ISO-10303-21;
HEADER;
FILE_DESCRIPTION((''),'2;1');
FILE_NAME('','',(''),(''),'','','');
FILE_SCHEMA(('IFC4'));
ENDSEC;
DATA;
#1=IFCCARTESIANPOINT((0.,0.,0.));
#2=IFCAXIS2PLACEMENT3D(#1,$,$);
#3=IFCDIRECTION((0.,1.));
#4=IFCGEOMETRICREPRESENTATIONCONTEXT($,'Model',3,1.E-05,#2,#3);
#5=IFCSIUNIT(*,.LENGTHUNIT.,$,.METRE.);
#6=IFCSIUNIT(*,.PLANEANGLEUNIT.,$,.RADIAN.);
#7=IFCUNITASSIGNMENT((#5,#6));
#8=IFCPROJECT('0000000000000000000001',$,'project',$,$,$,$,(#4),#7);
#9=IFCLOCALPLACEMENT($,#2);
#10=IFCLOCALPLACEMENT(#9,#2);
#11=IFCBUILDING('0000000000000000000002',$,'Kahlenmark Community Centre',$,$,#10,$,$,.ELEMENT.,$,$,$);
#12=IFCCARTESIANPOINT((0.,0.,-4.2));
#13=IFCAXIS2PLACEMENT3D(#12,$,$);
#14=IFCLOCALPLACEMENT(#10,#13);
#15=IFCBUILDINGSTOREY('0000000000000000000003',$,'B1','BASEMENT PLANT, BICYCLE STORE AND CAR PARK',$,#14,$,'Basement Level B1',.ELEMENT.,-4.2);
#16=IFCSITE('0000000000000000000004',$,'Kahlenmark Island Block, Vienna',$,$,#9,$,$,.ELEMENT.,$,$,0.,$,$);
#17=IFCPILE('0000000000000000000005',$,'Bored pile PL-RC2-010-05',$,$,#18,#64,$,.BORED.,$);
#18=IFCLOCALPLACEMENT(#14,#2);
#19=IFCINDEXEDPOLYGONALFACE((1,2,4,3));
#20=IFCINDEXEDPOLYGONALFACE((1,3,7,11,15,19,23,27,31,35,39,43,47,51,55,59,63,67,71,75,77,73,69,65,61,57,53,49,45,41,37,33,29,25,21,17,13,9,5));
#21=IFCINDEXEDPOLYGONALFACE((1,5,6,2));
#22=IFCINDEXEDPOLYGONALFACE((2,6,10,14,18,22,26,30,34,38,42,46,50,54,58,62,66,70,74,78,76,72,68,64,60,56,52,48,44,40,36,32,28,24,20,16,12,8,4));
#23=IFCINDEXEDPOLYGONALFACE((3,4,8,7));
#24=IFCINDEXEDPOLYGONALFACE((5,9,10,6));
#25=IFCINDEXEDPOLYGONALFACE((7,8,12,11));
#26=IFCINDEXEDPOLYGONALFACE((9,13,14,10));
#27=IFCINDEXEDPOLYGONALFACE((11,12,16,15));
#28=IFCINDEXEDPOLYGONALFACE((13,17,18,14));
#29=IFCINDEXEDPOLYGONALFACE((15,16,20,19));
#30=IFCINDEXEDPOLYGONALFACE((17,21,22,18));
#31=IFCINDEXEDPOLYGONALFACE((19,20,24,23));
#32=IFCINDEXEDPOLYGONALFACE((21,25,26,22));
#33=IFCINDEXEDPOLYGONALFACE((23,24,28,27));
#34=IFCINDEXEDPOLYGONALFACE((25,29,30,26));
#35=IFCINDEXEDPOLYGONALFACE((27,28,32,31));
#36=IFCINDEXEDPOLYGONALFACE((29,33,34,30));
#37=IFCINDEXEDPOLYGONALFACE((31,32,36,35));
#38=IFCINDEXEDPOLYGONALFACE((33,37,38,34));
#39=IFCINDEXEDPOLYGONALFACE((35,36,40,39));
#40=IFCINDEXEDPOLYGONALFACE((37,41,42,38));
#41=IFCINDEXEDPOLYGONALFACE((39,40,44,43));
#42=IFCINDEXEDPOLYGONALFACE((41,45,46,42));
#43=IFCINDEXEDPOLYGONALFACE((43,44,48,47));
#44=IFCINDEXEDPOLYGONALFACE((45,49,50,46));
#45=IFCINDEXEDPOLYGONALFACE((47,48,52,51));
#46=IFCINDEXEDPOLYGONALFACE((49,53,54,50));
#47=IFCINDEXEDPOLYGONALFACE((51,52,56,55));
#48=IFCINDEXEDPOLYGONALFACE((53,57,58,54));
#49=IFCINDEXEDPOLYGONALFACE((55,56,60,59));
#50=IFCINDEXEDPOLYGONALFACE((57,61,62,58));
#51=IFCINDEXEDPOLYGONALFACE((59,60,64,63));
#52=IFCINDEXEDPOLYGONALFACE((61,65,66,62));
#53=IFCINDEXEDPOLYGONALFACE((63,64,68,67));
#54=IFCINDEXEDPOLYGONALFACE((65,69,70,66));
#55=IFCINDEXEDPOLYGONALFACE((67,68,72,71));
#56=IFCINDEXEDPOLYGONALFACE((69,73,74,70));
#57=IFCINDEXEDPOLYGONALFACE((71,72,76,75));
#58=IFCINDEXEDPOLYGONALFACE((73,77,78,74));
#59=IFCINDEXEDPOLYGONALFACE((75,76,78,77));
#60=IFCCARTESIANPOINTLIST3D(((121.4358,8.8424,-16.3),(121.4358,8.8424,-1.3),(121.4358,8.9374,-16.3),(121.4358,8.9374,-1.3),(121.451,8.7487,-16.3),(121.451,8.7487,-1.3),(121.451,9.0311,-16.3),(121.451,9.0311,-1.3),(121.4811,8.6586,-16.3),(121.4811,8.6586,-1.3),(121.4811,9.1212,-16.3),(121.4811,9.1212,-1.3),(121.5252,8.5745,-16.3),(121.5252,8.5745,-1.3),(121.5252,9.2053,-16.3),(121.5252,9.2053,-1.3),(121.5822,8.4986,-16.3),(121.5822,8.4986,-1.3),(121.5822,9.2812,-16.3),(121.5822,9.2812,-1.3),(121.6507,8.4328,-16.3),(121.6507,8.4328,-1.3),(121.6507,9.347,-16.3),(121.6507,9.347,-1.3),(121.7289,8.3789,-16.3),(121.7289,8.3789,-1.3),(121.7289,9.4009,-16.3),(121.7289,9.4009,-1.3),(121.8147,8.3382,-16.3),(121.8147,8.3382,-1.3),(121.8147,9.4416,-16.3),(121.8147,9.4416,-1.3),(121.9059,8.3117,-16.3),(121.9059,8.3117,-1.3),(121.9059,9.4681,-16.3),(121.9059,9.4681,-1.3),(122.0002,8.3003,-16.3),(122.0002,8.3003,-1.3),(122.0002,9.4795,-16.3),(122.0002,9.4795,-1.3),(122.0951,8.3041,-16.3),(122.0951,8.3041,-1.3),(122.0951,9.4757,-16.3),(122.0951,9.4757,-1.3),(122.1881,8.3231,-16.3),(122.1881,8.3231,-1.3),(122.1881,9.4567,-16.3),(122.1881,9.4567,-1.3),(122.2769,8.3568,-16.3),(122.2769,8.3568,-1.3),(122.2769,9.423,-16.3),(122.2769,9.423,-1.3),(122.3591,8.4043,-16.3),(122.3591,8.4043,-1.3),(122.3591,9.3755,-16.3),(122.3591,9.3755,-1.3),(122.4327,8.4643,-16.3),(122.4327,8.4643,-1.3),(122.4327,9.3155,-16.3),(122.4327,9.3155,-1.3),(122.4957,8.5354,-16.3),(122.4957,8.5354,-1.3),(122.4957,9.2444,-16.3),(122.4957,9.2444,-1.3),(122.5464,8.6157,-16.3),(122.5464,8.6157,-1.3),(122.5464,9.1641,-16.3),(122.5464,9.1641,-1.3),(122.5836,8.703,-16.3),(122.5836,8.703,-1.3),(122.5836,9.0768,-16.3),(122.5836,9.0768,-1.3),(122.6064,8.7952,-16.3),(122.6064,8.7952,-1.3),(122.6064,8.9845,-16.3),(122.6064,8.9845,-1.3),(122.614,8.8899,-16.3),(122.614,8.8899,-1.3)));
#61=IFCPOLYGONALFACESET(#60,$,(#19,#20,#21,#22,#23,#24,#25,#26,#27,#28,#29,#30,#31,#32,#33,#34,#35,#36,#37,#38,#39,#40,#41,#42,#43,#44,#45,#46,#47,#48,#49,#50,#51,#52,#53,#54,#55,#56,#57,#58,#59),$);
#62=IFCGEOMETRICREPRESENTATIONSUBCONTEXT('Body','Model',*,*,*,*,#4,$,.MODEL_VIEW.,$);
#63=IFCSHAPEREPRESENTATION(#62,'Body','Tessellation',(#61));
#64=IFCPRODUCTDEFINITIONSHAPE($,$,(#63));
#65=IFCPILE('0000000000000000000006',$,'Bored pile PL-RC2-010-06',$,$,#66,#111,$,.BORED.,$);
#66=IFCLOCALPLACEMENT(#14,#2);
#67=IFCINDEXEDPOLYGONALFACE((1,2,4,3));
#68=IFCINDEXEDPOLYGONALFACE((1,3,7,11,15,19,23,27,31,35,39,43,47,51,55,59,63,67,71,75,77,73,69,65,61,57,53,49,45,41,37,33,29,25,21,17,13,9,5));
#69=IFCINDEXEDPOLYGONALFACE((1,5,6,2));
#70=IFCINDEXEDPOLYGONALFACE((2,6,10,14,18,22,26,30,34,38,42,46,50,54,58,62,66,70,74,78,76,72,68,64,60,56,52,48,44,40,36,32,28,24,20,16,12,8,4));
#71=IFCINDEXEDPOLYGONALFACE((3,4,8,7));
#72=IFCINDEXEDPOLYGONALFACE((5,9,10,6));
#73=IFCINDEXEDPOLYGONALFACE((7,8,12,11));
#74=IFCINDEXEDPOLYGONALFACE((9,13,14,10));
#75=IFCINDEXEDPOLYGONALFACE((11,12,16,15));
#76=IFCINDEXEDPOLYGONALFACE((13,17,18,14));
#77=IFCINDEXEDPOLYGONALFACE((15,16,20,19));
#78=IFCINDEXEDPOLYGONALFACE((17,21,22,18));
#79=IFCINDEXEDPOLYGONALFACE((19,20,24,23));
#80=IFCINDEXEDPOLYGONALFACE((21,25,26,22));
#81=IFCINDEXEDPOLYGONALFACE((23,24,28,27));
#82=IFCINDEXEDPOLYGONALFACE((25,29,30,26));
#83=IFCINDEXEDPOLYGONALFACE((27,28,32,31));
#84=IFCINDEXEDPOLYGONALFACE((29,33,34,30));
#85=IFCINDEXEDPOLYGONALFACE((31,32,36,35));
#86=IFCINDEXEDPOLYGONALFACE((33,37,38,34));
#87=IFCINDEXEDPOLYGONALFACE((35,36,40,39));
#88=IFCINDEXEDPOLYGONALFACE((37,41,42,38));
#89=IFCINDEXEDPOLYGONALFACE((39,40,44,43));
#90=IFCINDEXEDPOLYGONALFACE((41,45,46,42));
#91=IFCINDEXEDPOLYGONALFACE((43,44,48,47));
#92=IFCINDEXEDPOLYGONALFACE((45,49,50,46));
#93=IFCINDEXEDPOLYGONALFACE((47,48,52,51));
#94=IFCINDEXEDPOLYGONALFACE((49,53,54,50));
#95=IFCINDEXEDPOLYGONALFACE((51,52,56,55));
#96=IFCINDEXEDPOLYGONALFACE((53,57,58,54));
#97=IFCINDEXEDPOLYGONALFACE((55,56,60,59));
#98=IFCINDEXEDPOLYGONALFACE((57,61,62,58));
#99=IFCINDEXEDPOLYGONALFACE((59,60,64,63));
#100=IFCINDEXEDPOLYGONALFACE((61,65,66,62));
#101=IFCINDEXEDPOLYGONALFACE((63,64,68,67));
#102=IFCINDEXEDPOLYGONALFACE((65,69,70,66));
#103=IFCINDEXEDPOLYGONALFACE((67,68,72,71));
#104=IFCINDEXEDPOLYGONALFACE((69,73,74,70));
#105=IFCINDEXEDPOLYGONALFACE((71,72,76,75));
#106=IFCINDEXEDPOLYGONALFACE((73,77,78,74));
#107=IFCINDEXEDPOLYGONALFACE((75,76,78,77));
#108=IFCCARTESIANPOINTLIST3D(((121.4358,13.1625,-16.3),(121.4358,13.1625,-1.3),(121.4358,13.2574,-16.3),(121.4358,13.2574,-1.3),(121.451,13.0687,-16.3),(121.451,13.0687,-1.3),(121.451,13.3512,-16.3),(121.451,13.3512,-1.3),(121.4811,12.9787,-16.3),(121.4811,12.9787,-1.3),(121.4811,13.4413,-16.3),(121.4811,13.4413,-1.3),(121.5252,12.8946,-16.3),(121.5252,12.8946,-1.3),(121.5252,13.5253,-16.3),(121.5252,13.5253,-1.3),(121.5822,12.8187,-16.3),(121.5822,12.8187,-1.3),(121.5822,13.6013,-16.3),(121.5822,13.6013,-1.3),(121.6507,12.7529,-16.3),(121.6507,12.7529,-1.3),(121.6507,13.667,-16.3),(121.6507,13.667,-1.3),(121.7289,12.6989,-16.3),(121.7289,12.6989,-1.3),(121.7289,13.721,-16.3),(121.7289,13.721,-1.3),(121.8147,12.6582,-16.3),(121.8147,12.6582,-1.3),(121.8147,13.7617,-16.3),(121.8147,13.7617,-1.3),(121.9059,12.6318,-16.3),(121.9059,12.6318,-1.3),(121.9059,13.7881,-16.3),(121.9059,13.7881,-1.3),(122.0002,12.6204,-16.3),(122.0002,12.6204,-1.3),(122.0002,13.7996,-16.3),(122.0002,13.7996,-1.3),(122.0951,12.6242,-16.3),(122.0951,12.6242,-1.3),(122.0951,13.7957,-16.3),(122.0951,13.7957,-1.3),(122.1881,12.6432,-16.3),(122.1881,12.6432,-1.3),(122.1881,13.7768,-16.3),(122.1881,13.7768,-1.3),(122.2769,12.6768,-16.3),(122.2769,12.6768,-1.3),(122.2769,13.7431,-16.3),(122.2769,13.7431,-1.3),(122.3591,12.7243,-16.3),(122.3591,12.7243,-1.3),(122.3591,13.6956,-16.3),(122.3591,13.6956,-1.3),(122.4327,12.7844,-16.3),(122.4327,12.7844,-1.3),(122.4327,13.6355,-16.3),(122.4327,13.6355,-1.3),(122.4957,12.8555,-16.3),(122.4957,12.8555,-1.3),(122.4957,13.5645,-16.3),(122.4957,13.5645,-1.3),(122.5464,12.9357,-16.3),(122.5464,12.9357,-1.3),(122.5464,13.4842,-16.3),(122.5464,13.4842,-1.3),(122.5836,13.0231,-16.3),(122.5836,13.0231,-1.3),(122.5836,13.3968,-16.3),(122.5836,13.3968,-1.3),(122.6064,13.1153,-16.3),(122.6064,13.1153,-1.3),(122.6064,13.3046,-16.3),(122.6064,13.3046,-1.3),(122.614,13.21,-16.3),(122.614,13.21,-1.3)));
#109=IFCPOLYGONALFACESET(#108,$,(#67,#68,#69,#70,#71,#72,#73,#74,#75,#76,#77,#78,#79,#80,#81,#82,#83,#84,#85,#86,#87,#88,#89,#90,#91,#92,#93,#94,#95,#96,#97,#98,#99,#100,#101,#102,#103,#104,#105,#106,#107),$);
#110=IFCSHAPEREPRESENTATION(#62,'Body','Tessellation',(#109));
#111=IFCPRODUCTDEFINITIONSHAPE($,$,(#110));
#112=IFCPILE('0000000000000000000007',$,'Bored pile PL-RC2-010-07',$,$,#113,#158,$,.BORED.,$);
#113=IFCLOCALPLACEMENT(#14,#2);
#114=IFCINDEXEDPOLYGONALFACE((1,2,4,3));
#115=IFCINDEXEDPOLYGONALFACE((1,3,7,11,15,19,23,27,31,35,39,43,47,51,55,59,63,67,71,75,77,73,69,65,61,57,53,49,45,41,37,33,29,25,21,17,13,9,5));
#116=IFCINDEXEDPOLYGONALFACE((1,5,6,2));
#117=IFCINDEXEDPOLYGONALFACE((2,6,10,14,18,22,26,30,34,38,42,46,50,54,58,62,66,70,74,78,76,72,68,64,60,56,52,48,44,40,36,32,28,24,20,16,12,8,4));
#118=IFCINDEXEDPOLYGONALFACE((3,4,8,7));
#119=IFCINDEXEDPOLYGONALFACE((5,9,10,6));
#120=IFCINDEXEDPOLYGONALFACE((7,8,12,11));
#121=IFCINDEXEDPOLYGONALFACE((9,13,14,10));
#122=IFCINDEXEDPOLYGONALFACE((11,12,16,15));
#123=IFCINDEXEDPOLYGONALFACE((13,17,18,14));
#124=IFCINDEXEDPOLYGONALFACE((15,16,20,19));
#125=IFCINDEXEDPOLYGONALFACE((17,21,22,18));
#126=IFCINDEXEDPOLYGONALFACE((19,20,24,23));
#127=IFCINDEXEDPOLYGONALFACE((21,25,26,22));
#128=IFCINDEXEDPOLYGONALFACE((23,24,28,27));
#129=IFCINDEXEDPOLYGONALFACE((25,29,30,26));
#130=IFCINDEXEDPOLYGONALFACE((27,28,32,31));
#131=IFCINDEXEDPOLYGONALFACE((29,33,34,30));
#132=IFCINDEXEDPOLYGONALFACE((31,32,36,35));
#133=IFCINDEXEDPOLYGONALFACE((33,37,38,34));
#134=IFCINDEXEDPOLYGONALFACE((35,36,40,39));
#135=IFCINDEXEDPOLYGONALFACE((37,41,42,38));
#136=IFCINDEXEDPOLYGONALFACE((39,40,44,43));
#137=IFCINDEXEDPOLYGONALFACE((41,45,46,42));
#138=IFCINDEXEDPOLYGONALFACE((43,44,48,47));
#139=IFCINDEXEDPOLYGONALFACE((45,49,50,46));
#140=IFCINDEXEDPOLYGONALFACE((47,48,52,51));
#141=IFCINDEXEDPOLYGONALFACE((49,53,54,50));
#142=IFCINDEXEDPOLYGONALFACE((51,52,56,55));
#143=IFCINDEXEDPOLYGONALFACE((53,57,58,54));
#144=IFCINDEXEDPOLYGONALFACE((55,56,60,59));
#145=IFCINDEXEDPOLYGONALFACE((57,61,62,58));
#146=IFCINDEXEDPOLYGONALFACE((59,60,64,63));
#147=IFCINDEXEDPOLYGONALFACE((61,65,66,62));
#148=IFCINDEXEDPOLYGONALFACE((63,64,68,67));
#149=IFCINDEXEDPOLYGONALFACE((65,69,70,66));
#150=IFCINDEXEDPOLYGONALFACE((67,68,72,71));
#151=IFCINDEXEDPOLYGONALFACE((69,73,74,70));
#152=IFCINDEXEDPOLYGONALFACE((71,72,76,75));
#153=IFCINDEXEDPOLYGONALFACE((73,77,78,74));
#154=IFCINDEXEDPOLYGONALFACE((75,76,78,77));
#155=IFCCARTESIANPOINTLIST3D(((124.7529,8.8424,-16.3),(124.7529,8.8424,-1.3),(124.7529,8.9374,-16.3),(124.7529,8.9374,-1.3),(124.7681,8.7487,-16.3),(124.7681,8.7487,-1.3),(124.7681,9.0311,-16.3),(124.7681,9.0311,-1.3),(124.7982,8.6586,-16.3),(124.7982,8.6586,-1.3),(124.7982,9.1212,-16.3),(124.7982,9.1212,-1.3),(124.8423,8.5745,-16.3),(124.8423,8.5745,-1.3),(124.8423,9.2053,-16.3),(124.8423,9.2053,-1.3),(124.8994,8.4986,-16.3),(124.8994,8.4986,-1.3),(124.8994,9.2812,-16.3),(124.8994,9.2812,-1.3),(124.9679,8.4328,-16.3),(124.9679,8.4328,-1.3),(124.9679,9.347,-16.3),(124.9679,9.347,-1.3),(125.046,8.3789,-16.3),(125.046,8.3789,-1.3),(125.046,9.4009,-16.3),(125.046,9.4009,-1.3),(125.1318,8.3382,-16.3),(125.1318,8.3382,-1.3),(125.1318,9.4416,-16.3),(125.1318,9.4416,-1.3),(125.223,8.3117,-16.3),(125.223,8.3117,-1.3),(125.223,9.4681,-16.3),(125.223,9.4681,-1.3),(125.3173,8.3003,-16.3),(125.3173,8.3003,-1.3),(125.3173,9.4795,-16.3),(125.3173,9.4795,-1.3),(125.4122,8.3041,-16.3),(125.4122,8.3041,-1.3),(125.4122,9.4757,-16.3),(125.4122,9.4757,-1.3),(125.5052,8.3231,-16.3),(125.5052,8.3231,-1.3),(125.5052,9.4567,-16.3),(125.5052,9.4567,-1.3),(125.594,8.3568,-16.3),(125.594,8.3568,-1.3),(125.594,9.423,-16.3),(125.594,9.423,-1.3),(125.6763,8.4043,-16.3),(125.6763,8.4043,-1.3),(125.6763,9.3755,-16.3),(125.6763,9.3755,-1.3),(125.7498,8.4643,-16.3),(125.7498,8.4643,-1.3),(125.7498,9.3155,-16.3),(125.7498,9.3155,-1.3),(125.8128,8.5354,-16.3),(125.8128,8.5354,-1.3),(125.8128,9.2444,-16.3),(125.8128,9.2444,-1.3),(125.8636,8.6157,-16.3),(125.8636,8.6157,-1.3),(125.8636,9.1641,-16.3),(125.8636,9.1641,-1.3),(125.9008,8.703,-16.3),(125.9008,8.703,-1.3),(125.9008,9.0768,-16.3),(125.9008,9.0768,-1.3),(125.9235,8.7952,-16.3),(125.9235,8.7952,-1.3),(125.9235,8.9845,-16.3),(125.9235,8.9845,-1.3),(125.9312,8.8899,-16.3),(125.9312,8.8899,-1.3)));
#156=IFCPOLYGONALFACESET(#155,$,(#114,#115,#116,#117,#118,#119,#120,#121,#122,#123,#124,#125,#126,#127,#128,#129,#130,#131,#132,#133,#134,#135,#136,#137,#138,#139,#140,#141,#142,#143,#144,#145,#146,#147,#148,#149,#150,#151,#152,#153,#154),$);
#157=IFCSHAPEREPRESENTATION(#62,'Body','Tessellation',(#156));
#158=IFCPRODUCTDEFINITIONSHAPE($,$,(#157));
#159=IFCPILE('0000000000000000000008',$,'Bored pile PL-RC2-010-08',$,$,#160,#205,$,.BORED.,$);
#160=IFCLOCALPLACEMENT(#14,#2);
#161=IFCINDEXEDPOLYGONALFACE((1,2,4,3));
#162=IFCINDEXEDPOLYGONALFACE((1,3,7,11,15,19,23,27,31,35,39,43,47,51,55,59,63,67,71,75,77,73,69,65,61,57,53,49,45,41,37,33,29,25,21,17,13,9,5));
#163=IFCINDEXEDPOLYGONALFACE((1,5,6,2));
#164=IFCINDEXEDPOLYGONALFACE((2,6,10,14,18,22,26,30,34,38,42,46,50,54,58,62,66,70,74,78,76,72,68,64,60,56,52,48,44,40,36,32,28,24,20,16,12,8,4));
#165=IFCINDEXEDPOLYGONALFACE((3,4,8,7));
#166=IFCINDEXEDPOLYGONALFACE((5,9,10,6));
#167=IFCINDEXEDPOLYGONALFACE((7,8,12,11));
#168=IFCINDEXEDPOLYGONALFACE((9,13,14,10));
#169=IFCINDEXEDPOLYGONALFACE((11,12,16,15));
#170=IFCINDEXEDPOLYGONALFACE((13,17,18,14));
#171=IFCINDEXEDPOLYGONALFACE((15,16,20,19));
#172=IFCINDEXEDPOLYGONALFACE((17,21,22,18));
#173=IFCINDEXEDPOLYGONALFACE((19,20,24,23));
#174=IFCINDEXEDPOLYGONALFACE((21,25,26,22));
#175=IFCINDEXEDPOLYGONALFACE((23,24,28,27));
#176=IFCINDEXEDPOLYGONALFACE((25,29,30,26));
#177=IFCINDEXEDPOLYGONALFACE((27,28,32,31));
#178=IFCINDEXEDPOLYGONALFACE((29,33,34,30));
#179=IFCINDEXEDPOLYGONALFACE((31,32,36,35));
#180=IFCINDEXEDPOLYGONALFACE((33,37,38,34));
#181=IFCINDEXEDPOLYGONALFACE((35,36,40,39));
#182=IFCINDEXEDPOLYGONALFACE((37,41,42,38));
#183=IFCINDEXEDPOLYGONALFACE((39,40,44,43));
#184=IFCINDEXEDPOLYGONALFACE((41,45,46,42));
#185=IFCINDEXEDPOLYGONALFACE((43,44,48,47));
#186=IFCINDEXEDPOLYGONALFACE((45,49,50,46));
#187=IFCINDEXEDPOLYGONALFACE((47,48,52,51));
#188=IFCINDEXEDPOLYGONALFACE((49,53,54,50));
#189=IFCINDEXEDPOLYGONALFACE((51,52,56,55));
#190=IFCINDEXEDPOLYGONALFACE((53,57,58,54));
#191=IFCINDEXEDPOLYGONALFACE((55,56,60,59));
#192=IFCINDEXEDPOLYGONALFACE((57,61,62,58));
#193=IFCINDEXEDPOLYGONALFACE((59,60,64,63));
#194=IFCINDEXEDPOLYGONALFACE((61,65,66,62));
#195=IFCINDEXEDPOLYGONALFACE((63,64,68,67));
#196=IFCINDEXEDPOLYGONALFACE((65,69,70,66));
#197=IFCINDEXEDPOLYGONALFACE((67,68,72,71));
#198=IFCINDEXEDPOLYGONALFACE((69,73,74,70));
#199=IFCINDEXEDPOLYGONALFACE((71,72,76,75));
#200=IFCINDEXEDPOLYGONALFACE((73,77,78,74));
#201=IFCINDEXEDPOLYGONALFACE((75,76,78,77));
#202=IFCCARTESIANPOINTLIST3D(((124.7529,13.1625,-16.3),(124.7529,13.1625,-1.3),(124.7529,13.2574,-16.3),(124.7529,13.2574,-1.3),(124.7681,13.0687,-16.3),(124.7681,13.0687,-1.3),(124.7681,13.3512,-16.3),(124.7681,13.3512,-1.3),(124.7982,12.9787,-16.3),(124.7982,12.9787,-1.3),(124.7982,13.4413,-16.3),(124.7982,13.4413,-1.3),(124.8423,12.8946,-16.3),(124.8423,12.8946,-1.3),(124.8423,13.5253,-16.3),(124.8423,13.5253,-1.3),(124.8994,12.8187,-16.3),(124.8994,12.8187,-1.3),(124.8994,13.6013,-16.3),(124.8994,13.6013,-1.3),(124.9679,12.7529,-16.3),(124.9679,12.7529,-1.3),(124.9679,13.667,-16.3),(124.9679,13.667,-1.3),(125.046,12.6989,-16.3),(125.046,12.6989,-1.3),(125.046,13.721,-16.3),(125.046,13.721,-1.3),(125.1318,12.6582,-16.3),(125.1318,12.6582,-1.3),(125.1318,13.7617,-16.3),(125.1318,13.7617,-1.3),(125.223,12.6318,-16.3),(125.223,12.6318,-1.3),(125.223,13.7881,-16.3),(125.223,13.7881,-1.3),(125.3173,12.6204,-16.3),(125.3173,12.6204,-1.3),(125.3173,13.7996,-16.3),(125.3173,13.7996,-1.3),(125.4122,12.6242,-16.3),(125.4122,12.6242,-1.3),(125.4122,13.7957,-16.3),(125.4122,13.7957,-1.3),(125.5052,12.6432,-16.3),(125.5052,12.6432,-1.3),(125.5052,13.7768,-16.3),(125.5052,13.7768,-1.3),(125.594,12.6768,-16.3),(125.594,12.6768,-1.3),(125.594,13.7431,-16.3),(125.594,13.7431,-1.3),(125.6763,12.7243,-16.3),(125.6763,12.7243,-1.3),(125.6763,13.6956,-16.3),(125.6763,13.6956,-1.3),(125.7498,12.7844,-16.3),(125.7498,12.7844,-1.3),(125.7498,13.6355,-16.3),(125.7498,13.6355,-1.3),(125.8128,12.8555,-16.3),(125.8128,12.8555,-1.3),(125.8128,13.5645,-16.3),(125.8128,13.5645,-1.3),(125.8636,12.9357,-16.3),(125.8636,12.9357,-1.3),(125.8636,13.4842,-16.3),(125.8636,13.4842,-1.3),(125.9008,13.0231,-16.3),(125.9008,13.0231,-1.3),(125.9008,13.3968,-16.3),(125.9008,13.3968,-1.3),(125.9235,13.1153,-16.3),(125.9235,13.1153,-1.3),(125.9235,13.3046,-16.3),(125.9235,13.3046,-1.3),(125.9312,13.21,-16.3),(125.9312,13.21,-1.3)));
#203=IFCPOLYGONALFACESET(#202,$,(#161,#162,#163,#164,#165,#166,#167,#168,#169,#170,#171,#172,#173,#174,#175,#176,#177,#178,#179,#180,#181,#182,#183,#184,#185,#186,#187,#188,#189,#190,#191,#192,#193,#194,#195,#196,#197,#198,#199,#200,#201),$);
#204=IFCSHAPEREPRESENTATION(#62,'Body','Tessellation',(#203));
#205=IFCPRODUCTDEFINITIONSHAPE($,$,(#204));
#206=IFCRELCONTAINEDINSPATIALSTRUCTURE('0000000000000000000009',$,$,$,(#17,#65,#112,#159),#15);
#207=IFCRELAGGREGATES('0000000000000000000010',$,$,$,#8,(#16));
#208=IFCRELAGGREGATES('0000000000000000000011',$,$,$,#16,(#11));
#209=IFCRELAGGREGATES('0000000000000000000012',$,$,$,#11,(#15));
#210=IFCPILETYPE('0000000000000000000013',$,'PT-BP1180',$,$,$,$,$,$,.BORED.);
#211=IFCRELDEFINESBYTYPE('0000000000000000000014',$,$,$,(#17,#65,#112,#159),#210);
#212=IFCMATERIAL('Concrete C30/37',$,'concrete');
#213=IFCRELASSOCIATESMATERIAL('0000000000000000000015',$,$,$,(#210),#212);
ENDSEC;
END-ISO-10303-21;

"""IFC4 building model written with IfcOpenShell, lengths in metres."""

from ifc_helpers import new_model, si_unit, direction, frame, origin, origin_2d, place, context, subcontext, project, spatial, circle, extrude, material, material_profile, profile_set, type_object, element, save


model = new_model("IFC4")

# Units and contexts
model_context = context("Model", 3, precision=1e-05, world=origin(), true_north=direction((0.0, 1.0)))
body_context = subcontext(model_context, "Body", "Model", "MODEL_VIEW")
ifc_project = project(units=[si_unit("LENGTHUNIT", "METRE"), si_unit("PLANEANGLEUNIT", "RADIAN")], contexts=[model_context])

# Site, building, storey
site_placement = place(None, origin())
site = spatial("IfcSite", under=ifc_project, at=site_placement, Name="Kahlenmark Island Block, Vienna", CompositionType="ELEMENT", RefElevation=0.0)
building_placement = place(site_placement, origin())
building = spatial("IfcBuilding", under=site, at=building_placement, Name="Kahlenmark Community Centre", CompositionType="ELEMENT")
storey_placement = place(building_placement, frame((0.0, 0.0, -4.2)))
storey = spatial("IfcBuildingStorey", under=building, at=storey_placement, Name="B1", Description="BASEMENT PLANT, BICYCLE STORE AND CAR PARK", LongName="Basement Level B1", CompositionType="ELEMENT", Elevation=-4.2)

# Shared definitions
ifc_material_1 = material(Name="Concrete C30/37", Category="concrete")

# Piles
ifc_material_profile_1 = material_profile(ifc_material_1, circle(Radius=0.5901, at=origin_2d()), Name="BORED PILE 1180")
ifc_profile_set_1 = profile_set([ifc_material_profile_1], Name="Concrete C30/37")
pile_type_1 = type_object("IfcPileType", Name="PT-BP1180", PredefinedType="BORED", material=ifc_profile_set_1)
for number, where, z_axis, x_axis, name in (
    (1, (122.0239, 8.8899, -1.3), (0.0, 0.0, -1.0), (1.0, 0.0, 0.0), "Bored pile PL-RC2-010-05"),
    (2, (122.0239, 13.21, -1.3), (0.0, 0.0, -1.0), (1.0, 0.0, 0.0), "Bored pile PL-RC2-010-06"),
    (3, (125.3411, 8.8899, -1.3), (0.0, 0.0, -1.0), (1.0, 0.0, 0.0), "Bored pile PL-RC2-010-07"),
    (4, (125.3411, 13.21, -1.3), (0.0, 0.0, -1.0), (1.0, 0.0, 0.0), "Bored pile PL-RC2-010-08"),
):
    element("IfcPile", number, at=place(storey_placement, frame(where, z_axis=z_axis, x_axis=x_axis)), inside=storey, type_object=pile_type_1, Name=name, PredefinedType="BORED", context=body_context, shape_type="SweptSolid", body=[
        extrude(circle(Radius=0.5901, at=origin_2d()), origin(), (0.0, 0.0, 1.0), 15.0),
    ])

save(model, "model.ifc")
